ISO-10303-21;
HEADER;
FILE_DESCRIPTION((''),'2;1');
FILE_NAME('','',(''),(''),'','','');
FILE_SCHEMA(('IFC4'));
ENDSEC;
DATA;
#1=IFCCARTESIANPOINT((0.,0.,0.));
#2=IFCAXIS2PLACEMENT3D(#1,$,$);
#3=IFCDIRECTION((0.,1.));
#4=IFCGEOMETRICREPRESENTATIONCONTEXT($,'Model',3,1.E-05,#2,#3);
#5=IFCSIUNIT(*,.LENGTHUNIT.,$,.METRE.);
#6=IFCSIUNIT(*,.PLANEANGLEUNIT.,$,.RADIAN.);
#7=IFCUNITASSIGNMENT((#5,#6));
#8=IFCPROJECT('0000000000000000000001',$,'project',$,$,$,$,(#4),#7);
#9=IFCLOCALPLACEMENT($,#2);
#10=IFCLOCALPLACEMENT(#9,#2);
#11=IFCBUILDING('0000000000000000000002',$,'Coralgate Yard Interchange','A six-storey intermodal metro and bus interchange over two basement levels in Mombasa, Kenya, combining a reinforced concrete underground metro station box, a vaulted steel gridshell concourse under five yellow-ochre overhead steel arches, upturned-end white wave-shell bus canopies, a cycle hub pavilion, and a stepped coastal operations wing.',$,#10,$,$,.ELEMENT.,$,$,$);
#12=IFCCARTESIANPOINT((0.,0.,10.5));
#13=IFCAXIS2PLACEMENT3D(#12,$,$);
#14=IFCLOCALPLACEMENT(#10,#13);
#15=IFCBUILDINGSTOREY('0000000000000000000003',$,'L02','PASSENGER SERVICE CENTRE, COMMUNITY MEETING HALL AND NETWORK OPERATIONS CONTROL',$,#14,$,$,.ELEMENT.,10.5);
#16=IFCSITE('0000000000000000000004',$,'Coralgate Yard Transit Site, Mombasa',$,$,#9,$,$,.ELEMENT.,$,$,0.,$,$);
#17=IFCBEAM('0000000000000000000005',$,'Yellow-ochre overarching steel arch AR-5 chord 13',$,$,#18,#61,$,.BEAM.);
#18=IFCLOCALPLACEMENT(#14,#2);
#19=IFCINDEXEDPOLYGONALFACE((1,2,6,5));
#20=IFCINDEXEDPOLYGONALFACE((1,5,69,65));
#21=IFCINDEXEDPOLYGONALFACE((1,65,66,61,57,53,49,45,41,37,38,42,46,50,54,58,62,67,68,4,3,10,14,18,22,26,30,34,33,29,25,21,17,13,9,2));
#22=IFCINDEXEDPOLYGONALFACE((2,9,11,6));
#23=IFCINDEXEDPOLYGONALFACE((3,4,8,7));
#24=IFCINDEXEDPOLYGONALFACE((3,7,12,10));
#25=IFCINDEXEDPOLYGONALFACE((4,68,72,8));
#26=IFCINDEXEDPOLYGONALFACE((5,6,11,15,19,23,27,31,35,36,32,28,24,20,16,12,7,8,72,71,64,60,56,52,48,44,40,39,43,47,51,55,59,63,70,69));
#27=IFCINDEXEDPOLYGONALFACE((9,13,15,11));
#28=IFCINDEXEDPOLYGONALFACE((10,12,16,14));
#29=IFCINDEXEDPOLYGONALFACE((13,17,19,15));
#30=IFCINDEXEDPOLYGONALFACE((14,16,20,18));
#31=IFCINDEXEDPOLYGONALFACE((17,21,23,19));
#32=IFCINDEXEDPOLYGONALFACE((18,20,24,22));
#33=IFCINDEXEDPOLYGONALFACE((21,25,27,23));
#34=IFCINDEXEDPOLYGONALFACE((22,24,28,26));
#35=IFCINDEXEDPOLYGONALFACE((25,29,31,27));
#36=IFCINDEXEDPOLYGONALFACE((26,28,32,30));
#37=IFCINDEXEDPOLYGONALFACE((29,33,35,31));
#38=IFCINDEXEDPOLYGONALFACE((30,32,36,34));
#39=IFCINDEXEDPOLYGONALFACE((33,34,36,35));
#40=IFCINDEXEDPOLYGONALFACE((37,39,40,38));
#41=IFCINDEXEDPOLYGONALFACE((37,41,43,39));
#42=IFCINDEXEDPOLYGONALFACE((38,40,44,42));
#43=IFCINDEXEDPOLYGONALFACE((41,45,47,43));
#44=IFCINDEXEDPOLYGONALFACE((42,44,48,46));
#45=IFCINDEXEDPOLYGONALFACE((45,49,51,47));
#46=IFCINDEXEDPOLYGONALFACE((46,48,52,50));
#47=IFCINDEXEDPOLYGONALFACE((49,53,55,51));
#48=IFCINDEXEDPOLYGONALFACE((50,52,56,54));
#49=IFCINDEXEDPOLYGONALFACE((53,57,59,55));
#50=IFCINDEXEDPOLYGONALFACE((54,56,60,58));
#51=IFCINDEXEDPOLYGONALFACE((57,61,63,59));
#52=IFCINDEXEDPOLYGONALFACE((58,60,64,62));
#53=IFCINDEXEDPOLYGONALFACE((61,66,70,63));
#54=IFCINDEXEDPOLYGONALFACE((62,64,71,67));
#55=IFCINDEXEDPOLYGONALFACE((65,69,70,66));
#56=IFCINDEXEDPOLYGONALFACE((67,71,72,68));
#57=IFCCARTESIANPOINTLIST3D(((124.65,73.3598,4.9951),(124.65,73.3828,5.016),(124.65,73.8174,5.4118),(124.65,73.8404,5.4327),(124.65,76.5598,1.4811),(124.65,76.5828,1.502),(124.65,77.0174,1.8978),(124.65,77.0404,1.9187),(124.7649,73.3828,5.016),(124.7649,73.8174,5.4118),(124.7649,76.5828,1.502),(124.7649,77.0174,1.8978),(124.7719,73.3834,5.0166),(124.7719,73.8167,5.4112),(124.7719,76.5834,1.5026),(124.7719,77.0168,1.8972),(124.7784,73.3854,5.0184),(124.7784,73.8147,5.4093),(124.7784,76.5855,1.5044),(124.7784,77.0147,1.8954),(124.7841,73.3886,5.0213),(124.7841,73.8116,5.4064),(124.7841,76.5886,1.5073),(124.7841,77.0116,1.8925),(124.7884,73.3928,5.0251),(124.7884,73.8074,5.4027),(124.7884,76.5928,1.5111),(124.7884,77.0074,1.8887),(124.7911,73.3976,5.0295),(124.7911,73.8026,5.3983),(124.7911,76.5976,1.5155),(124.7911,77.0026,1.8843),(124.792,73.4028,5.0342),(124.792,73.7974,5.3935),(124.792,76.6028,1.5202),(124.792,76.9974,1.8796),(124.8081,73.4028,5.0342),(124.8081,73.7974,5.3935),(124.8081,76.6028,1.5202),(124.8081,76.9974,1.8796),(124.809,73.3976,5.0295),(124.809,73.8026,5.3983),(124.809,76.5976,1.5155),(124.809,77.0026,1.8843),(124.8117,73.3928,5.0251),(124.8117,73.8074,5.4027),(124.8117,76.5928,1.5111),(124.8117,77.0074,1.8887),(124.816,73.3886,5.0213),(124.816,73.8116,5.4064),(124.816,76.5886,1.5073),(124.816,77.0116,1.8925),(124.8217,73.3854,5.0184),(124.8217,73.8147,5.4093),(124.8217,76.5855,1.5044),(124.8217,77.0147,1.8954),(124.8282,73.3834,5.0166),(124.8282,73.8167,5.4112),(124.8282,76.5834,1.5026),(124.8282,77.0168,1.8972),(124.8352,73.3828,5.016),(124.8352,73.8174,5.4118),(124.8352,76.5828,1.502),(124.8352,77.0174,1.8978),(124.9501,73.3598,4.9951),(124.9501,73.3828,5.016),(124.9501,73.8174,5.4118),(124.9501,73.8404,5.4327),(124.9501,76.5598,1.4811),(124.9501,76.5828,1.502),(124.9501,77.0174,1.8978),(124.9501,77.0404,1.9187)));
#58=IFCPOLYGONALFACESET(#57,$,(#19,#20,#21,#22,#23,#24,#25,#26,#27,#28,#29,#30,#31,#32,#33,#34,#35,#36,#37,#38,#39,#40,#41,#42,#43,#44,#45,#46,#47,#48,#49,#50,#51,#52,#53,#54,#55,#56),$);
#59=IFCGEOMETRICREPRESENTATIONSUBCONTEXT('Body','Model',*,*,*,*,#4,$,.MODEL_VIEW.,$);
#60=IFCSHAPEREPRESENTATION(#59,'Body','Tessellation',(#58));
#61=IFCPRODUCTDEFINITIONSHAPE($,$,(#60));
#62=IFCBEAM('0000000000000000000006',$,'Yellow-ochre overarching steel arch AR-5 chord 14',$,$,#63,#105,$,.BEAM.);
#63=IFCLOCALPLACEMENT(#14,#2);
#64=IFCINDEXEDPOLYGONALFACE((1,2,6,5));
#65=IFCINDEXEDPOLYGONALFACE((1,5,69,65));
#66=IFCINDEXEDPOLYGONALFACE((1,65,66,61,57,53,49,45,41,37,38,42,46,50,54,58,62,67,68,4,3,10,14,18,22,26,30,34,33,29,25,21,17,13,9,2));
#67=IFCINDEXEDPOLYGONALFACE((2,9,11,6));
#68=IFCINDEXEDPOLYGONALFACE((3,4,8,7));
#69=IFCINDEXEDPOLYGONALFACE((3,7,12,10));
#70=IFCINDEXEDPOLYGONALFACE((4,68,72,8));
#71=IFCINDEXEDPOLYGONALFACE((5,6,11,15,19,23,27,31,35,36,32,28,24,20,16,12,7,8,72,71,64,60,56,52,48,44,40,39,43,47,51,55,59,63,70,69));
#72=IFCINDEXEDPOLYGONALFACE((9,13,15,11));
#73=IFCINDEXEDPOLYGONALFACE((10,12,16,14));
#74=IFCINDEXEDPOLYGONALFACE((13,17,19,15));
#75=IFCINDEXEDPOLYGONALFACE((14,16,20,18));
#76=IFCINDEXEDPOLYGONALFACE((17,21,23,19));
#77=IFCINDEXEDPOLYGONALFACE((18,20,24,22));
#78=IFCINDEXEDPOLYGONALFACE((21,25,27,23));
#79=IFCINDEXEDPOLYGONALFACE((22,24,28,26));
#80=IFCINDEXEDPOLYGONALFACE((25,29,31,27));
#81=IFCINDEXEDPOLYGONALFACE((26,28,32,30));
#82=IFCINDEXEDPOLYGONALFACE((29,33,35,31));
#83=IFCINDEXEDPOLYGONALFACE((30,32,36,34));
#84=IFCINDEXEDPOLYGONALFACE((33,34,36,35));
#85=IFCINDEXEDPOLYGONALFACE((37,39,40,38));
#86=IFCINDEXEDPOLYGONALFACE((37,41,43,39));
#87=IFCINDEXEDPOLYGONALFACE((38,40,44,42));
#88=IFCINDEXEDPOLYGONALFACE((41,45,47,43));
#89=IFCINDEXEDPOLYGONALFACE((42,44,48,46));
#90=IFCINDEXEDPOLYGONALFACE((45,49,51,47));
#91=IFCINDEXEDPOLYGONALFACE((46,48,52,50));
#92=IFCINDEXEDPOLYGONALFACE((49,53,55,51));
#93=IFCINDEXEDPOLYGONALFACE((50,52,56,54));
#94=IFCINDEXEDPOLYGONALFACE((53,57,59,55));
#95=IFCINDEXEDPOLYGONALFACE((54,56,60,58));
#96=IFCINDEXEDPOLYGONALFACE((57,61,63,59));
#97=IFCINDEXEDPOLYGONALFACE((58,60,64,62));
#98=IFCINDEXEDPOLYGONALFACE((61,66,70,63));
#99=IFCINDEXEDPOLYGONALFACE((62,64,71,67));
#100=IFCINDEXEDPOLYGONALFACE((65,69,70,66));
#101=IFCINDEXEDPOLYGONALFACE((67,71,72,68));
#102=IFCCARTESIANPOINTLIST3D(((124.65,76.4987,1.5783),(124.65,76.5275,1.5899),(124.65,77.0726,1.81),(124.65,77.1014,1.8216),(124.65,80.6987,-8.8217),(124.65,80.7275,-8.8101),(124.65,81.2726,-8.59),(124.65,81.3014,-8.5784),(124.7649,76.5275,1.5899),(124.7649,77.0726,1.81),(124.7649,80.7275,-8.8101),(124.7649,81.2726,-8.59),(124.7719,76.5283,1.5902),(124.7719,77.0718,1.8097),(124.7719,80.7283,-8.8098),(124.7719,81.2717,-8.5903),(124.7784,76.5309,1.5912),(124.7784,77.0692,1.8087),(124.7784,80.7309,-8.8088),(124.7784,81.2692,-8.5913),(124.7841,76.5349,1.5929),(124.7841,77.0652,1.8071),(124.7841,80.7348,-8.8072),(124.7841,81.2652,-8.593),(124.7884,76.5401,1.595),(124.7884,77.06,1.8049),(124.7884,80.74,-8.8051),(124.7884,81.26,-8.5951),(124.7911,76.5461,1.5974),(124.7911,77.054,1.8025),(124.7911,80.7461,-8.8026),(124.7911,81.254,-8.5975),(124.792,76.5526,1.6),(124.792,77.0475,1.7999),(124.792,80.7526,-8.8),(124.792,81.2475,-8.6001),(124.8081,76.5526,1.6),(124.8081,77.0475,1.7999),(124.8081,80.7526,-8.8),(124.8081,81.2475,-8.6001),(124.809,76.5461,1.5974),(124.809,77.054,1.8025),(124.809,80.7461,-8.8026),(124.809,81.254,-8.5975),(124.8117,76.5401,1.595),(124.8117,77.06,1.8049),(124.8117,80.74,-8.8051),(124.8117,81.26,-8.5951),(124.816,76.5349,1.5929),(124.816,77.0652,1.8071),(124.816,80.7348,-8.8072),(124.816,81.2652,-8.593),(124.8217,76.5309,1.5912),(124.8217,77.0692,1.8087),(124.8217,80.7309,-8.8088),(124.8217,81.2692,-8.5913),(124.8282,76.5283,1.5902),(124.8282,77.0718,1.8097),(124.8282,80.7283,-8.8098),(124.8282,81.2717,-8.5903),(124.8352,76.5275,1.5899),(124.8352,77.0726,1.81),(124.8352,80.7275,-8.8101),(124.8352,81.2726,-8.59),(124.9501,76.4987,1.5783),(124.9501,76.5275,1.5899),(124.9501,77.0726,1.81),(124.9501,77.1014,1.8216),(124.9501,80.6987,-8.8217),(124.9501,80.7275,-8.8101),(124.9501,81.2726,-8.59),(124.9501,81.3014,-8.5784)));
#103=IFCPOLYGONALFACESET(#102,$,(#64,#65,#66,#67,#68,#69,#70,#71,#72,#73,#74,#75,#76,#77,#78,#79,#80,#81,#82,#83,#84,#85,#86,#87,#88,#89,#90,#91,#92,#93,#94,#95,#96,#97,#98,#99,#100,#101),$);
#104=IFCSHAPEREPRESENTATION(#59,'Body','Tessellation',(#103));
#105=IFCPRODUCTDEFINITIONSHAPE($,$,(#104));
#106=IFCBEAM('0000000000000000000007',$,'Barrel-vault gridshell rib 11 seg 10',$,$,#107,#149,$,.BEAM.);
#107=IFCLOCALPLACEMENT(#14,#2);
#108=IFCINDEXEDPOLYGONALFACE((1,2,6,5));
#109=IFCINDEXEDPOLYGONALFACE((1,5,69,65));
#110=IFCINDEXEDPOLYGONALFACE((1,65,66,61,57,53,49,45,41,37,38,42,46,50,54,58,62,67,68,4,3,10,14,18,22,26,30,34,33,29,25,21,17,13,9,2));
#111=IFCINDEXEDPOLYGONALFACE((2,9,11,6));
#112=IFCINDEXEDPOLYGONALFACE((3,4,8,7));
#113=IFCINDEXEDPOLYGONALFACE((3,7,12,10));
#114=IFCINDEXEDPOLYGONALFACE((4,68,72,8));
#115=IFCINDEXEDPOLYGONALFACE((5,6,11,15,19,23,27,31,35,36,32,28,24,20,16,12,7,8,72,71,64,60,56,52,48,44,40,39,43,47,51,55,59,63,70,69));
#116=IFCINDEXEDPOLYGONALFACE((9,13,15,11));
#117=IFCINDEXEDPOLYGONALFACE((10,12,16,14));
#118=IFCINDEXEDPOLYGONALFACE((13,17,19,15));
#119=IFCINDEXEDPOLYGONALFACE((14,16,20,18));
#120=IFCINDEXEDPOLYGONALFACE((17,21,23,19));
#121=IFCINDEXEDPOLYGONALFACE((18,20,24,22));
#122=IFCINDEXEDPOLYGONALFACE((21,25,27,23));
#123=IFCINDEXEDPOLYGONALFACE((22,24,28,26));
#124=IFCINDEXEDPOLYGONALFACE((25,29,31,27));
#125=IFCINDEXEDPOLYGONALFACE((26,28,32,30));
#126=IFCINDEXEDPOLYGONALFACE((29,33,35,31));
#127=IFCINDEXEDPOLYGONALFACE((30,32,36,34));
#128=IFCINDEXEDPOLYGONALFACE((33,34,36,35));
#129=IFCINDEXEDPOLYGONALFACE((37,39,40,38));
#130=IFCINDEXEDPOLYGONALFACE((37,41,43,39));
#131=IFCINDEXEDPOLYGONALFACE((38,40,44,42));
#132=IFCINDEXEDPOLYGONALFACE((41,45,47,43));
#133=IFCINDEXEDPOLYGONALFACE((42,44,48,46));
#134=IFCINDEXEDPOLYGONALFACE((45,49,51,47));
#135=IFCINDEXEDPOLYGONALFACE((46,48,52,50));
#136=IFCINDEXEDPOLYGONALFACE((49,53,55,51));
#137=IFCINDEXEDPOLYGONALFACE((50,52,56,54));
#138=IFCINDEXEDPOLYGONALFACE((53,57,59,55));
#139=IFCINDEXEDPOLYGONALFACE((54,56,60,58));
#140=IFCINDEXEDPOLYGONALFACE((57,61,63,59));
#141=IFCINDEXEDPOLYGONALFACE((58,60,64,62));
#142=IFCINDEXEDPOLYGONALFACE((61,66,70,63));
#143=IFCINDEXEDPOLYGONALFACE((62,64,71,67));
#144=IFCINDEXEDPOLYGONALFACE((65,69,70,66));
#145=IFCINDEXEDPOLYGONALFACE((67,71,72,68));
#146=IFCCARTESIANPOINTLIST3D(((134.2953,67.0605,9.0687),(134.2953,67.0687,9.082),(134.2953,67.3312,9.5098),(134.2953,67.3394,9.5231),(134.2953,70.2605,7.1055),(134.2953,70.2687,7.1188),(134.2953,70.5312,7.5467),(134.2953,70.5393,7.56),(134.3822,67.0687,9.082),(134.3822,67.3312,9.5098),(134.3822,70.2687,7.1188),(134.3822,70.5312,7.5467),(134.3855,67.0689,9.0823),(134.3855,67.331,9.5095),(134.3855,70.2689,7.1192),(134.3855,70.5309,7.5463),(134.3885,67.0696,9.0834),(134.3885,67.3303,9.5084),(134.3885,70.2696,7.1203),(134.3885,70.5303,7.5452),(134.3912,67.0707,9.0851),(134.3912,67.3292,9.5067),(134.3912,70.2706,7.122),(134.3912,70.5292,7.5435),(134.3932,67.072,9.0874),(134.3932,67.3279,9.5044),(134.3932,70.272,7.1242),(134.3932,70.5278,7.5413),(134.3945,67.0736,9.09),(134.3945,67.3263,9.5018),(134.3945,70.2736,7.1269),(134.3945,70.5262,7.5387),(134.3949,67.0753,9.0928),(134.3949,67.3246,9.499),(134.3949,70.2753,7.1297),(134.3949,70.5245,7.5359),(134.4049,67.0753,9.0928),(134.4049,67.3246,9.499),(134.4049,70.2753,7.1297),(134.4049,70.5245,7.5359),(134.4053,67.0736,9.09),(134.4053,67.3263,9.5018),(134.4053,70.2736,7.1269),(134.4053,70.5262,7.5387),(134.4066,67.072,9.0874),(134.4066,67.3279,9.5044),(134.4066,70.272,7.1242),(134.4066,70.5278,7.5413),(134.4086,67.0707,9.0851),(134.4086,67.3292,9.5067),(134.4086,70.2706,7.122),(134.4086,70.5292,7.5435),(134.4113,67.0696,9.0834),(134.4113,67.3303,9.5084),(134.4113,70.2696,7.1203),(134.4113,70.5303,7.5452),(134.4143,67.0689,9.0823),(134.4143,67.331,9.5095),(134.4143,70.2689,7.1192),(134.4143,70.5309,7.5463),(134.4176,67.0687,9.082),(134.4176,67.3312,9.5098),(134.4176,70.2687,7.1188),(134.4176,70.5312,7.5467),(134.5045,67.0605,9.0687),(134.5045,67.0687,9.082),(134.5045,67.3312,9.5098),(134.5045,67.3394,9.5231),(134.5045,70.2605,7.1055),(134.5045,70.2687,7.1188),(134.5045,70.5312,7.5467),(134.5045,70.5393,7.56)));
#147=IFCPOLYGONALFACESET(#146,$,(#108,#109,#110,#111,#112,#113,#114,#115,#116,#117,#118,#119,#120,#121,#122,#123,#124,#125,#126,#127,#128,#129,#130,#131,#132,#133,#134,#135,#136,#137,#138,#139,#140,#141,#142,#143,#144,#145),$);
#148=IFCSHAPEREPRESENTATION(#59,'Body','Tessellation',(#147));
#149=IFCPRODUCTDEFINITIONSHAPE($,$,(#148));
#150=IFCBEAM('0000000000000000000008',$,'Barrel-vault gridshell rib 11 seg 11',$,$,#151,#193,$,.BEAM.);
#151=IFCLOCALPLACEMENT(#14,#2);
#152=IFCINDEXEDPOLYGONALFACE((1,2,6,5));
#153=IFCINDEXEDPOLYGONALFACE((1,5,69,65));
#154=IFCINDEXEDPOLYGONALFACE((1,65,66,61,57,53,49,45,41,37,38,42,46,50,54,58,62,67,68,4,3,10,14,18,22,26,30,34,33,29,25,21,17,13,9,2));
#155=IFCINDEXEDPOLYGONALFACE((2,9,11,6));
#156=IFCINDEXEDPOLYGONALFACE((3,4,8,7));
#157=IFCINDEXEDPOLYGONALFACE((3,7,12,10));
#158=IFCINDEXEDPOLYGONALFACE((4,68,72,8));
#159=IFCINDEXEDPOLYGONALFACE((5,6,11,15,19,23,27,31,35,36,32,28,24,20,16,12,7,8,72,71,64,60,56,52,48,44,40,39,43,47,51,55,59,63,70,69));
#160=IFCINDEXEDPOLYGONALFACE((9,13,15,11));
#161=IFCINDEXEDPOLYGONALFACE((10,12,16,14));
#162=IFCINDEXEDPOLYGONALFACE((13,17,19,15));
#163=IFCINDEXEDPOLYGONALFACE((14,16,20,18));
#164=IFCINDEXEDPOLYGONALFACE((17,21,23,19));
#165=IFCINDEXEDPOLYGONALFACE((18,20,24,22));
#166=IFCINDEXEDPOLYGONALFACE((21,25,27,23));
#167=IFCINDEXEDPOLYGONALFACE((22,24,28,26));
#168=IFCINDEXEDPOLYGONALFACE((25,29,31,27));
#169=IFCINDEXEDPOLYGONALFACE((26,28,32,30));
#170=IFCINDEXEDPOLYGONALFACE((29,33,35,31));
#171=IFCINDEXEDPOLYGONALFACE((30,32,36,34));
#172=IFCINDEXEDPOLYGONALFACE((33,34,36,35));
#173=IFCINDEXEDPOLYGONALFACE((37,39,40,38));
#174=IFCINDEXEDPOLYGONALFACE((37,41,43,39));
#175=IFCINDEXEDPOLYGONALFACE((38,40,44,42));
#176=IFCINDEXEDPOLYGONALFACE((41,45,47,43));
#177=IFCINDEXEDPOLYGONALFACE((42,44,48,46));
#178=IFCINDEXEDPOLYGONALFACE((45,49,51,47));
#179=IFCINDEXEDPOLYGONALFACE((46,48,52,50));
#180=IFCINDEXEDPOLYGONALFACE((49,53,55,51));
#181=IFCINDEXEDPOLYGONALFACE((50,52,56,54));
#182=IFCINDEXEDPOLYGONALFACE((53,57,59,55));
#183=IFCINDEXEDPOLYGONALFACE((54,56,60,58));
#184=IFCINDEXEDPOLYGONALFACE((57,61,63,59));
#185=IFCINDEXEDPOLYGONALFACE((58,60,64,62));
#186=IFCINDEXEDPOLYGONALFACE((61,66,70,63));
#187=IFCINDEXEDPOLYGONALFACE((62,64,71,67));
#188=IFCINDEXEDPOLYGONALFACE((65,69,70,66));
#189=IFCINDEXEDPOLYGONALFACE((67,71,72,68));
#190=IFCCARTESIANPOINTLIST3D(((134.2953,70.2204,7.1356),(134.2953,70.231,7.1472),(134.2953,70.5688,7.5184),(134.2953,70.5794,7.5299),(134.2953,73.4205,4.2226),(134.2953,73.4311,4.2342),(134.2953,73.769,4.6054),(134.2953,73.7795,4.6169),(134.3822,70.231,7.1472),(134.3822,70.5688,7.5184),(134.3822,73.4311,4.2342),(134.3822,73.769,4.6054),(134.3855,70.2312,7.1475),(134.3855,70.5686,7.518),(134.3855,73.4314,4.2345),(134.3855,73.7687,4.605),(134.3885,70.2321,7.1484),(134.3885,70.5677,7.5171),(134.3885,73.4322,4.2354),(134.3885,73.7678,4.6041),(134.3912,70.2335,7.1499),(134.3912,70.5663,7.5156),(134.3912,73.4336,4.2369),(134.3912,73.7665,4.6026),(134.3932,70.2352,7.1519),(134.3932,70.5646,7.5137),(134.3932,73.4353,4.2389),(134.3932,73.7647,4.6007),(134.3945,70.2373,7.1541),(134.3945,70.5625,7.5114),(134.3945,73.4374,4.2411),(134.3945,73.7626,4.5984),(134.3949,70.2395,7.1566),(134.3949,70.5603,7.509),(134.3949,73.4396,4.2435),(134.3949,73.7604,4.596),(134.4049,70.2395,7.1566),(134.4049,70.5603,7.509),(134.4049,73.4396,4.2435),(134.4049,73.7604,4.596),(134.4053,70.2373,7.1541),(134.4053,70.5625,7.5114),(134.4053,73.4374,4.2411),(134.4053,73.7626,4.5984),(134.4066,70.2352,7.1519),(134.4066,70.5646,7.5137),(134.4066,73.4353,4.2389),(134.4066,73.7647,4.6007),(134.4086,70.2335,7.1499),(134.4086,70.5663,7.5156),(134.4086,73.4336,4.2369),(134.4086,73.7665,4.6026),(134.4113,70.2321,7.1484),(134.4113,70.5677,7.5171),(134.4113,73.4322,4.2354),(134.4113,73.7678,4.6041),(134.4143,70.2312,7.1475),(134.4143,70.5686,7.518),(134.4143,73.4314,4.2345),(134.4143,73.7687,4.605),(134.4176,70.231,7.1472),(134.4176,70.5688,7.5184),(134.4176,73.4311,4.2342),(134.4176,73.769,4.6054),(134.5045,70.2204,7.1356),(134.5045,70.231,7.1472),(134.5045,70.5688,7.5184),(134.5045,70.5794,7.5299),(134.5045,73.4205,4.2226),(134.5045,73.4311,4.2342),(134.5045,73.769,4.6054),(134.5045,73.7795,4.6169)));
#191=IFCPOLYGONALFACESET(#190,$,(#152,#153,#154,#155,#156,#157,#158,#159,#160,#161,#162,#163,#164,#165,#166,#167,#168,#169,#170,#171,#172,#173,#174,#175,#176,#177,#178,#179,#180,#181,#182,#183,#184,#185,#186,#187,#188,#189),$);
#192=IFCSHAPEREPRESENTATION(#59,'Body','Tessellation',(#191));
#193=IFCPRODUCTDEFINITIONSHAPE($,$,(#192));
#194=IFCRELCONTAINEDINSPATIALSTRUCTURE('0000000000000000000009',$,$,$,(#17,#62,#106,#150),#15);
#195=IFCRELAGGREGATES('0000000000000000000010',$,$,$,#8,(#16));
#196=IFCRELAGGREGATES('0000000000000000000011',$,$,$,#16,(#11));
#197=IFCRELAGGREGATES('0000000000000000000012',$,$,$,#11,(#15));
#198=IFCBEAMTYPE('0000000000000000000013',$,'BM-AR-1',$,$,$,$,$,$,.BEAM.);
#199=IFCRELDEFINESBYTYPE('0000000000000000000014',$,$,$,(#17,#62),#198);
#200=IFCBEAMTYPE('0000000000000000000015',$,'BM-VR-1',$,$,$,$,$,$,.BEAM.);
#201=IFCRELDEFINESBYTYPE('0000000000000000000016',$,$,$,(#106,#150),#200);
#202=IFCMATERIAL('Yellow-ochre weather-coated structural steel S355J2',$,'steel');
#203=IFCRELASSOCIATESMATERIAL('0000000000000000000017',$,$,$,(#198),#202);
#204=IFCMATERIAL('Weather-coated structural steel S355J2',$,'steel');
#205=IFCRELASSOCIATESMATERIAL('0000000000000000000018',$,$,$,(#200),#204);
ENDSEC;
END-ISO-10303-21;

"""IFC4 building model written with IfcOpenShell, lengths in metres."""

from ifc_helpers import new_model, si_unit, direction, frame, origin, origin_2d, place, context, subcontext, project, spatial, i_section, extrude, material, material_profile, profile_set, type_object, element, save


model = new_model("IFC4")

# Units and contexts
model_context = context("Model", 3, precision=1e-05, world=origin(), true_north=direction((0.0, 1.0)))
body_context = subcontext(model_context, "Body", "Model", "MODEL_VIEW")
ifc_project = project(units=[si_unit("LENGTHUNIT", "METRE"), si_unit("PLANEANGLEUNIT", "RADIAN")], contexts=[model_context])

# Site, building, storey
site_placement = place(None, origin())
site = spatial("IfcSite", under=ifc_project, at=site_placement, Name="Coralgate Yard Transit Site, Mombasa", CompositionType="ELEMENT", RefElevation=0.0)
building_placement = place(site_placement, origin())
building = spatial("IfcBuilding", under=site, at=building_placement, Name="Coralgate Yard Interchange", Description="A six-storey intermodal metro and bus interchange over two basement levels in Mombasa, Kenya, combining a reinforced concrete underground metro station box, a vaulted steel gridshell concourse under five yellow-ochre overhead steel arches, upturned-end white wave-shell bus canopies, a cycle hub pavilion, and a stepped coastal operations wing.", CompositionType="ELEMENT")
storey_placement = place(building_placement, frame((0.0, 0.0, 10.5)))
storey = spatial("IfcBuildingStorey", under=building, at=storey_placement, Name="L02", Description="PASSENGER SERVICE CENTRE, COMMUNITY MEETING HALL AND NETWORK OPERATIONS CONTROL", CompositionType="ELEMENT", Elevation=10.5)

# Beams
ifc_material_1 = material(Name="Yellow-ochre weather-coated structural steel S355J2", Category="steel")
ifc_material_profile_1 = material_profile(ifc_material_1, i_section(OverallWidth=0.3, OverallDepth=0.6499, WebThickness=0.0161, FlangeThickness=0.031, FilletRadius=0.0271, at=origin_2d()), Name="HEB 650")
ifc_profile_set_1 = profile_set([ifc_material_profile_1], Name="Yellow-ochre weather-coated structural steel S355J2")
beam_type_1 = type_object("IfcBeamType", Name="BM-AR-1", PredefinedType="BEAM", material=ifc_profile_set_1)
beam_1_placement = place(storey_placement, frame((124.8, 73.6001, 5.2139), z_axis=(0.0, 0.673304, -0.739366), x_axis=(-1.0, 0.0, 0.0)))
element("IfcBeam", 1, at=beam_1_placement, inside=storey, type_object=beam_type_1, Name="Yellow-ochre overarching steel arch AR-5 chord 13", PredefinedType="BEAM", context=body_context, shape_type="SweptSolid", body=[
    extrude(i_section(OverallWidth=0.3, OverallDepth=0.6499, WebThickness=0.0161, FlangeThickness=0.031, FilletRadius=0.0271, at=origin_2d()), origin(), (0.0, 0.0, 1.0), 4.7527),
])
beam_2_placement = place(storey_placement, frame((124.8, 76.8, 1.7), z_axis=(0.0, 0.374462, -0.927242), x_axis=(-1.0, 0.0, 0.0)))
element("IfcBeam", 2, at=beam_2_placement, inside=storey, type_object=beam_type_1, Name="Yellow-ochre overarching steel arch AR-5 chord 14", PredefinedType="BEAM", context=body_context, shape_type="SweptSolid", body=[
    extrude(i_section(OverallWidth=0.3, OverallDepth=0.6499, WebThickness=0.0161, FlangeThickness=0.031, FilletRadius=0.0271, at=origin_2d()), origin(), (0.0, 0.0, 1.0), 11.2161),
])
ifc_material_2 = material(Name="Weather-coated structural steel S355J2", Category="steel")
ifc_material_profile_2 = material_profile(ifc_material_2, i_section(OverallWidth=0.2092, OverallDepth=0.5332, WebThickness=0.01, FlangeThickness=0.0156, FilletRadius=0.0127, at=origin_2d()), Name="UB 533x210x92")
ifc_profile_set_2 = profile_set([ifc_material_profile_2], Name="Weather-coated structural steel S355J2")
beam_type_2 = type_object("IfcBeamType", Name="BM-VR-1", PredefinedType="BEAM", material=ifc_profile_set_2)
beam_3_placement = place(storey_placement, frame((134.3999, 67.2, 9.2959), z_axis=(0.0, 0.852379, -0.522925), x_axis=(-1.0, 0.0, 0.0)))
element("IfcBeam", 3, at=beam_3_placement, inside=storey, type_object=beam_type_2, Name="Barrel-vault gridshell rib 11 seg 10", PredefinedType="BEAM", context=body_context, shape_type="SweptSolid", body=[
    extrude(i_section(OverallWidth=0.2092, OverallDepth=0.5332, WebThickness=0.01, FlangeThickness=0.0156, FilletRadius=0.0127, at=origin_2d()), origin(), (0.0, 0.0, 1.0), 3.7542),
])
beam_4_placement = place(storey_placement, frame((134.3999, 70.3999, 7.3328), z_axis=(0.0, 0.739501, -0.673156), x_axis=(-1.0, 0.0, 0.0)))
element("IfcBeam", 4, at=beam_4_placement, inside=storey, type_object=beam_type_2, Name="Barrel-vault gridshell rib 11 seg 11", PredefinedType="BEAM", context=body_context, shape_type="SweptSolid", body=[
    extrude(i_section(OverallWidth=0.2092, OverallDepth=0.5332, WebThickness=0.01, FlangeThickness=0.0156, FilletRadius=0.0127, at=origin_2d()), origin(), (0.0, 0.0, 1.0), 4.3274),
])

save(model, "model.ifc")
